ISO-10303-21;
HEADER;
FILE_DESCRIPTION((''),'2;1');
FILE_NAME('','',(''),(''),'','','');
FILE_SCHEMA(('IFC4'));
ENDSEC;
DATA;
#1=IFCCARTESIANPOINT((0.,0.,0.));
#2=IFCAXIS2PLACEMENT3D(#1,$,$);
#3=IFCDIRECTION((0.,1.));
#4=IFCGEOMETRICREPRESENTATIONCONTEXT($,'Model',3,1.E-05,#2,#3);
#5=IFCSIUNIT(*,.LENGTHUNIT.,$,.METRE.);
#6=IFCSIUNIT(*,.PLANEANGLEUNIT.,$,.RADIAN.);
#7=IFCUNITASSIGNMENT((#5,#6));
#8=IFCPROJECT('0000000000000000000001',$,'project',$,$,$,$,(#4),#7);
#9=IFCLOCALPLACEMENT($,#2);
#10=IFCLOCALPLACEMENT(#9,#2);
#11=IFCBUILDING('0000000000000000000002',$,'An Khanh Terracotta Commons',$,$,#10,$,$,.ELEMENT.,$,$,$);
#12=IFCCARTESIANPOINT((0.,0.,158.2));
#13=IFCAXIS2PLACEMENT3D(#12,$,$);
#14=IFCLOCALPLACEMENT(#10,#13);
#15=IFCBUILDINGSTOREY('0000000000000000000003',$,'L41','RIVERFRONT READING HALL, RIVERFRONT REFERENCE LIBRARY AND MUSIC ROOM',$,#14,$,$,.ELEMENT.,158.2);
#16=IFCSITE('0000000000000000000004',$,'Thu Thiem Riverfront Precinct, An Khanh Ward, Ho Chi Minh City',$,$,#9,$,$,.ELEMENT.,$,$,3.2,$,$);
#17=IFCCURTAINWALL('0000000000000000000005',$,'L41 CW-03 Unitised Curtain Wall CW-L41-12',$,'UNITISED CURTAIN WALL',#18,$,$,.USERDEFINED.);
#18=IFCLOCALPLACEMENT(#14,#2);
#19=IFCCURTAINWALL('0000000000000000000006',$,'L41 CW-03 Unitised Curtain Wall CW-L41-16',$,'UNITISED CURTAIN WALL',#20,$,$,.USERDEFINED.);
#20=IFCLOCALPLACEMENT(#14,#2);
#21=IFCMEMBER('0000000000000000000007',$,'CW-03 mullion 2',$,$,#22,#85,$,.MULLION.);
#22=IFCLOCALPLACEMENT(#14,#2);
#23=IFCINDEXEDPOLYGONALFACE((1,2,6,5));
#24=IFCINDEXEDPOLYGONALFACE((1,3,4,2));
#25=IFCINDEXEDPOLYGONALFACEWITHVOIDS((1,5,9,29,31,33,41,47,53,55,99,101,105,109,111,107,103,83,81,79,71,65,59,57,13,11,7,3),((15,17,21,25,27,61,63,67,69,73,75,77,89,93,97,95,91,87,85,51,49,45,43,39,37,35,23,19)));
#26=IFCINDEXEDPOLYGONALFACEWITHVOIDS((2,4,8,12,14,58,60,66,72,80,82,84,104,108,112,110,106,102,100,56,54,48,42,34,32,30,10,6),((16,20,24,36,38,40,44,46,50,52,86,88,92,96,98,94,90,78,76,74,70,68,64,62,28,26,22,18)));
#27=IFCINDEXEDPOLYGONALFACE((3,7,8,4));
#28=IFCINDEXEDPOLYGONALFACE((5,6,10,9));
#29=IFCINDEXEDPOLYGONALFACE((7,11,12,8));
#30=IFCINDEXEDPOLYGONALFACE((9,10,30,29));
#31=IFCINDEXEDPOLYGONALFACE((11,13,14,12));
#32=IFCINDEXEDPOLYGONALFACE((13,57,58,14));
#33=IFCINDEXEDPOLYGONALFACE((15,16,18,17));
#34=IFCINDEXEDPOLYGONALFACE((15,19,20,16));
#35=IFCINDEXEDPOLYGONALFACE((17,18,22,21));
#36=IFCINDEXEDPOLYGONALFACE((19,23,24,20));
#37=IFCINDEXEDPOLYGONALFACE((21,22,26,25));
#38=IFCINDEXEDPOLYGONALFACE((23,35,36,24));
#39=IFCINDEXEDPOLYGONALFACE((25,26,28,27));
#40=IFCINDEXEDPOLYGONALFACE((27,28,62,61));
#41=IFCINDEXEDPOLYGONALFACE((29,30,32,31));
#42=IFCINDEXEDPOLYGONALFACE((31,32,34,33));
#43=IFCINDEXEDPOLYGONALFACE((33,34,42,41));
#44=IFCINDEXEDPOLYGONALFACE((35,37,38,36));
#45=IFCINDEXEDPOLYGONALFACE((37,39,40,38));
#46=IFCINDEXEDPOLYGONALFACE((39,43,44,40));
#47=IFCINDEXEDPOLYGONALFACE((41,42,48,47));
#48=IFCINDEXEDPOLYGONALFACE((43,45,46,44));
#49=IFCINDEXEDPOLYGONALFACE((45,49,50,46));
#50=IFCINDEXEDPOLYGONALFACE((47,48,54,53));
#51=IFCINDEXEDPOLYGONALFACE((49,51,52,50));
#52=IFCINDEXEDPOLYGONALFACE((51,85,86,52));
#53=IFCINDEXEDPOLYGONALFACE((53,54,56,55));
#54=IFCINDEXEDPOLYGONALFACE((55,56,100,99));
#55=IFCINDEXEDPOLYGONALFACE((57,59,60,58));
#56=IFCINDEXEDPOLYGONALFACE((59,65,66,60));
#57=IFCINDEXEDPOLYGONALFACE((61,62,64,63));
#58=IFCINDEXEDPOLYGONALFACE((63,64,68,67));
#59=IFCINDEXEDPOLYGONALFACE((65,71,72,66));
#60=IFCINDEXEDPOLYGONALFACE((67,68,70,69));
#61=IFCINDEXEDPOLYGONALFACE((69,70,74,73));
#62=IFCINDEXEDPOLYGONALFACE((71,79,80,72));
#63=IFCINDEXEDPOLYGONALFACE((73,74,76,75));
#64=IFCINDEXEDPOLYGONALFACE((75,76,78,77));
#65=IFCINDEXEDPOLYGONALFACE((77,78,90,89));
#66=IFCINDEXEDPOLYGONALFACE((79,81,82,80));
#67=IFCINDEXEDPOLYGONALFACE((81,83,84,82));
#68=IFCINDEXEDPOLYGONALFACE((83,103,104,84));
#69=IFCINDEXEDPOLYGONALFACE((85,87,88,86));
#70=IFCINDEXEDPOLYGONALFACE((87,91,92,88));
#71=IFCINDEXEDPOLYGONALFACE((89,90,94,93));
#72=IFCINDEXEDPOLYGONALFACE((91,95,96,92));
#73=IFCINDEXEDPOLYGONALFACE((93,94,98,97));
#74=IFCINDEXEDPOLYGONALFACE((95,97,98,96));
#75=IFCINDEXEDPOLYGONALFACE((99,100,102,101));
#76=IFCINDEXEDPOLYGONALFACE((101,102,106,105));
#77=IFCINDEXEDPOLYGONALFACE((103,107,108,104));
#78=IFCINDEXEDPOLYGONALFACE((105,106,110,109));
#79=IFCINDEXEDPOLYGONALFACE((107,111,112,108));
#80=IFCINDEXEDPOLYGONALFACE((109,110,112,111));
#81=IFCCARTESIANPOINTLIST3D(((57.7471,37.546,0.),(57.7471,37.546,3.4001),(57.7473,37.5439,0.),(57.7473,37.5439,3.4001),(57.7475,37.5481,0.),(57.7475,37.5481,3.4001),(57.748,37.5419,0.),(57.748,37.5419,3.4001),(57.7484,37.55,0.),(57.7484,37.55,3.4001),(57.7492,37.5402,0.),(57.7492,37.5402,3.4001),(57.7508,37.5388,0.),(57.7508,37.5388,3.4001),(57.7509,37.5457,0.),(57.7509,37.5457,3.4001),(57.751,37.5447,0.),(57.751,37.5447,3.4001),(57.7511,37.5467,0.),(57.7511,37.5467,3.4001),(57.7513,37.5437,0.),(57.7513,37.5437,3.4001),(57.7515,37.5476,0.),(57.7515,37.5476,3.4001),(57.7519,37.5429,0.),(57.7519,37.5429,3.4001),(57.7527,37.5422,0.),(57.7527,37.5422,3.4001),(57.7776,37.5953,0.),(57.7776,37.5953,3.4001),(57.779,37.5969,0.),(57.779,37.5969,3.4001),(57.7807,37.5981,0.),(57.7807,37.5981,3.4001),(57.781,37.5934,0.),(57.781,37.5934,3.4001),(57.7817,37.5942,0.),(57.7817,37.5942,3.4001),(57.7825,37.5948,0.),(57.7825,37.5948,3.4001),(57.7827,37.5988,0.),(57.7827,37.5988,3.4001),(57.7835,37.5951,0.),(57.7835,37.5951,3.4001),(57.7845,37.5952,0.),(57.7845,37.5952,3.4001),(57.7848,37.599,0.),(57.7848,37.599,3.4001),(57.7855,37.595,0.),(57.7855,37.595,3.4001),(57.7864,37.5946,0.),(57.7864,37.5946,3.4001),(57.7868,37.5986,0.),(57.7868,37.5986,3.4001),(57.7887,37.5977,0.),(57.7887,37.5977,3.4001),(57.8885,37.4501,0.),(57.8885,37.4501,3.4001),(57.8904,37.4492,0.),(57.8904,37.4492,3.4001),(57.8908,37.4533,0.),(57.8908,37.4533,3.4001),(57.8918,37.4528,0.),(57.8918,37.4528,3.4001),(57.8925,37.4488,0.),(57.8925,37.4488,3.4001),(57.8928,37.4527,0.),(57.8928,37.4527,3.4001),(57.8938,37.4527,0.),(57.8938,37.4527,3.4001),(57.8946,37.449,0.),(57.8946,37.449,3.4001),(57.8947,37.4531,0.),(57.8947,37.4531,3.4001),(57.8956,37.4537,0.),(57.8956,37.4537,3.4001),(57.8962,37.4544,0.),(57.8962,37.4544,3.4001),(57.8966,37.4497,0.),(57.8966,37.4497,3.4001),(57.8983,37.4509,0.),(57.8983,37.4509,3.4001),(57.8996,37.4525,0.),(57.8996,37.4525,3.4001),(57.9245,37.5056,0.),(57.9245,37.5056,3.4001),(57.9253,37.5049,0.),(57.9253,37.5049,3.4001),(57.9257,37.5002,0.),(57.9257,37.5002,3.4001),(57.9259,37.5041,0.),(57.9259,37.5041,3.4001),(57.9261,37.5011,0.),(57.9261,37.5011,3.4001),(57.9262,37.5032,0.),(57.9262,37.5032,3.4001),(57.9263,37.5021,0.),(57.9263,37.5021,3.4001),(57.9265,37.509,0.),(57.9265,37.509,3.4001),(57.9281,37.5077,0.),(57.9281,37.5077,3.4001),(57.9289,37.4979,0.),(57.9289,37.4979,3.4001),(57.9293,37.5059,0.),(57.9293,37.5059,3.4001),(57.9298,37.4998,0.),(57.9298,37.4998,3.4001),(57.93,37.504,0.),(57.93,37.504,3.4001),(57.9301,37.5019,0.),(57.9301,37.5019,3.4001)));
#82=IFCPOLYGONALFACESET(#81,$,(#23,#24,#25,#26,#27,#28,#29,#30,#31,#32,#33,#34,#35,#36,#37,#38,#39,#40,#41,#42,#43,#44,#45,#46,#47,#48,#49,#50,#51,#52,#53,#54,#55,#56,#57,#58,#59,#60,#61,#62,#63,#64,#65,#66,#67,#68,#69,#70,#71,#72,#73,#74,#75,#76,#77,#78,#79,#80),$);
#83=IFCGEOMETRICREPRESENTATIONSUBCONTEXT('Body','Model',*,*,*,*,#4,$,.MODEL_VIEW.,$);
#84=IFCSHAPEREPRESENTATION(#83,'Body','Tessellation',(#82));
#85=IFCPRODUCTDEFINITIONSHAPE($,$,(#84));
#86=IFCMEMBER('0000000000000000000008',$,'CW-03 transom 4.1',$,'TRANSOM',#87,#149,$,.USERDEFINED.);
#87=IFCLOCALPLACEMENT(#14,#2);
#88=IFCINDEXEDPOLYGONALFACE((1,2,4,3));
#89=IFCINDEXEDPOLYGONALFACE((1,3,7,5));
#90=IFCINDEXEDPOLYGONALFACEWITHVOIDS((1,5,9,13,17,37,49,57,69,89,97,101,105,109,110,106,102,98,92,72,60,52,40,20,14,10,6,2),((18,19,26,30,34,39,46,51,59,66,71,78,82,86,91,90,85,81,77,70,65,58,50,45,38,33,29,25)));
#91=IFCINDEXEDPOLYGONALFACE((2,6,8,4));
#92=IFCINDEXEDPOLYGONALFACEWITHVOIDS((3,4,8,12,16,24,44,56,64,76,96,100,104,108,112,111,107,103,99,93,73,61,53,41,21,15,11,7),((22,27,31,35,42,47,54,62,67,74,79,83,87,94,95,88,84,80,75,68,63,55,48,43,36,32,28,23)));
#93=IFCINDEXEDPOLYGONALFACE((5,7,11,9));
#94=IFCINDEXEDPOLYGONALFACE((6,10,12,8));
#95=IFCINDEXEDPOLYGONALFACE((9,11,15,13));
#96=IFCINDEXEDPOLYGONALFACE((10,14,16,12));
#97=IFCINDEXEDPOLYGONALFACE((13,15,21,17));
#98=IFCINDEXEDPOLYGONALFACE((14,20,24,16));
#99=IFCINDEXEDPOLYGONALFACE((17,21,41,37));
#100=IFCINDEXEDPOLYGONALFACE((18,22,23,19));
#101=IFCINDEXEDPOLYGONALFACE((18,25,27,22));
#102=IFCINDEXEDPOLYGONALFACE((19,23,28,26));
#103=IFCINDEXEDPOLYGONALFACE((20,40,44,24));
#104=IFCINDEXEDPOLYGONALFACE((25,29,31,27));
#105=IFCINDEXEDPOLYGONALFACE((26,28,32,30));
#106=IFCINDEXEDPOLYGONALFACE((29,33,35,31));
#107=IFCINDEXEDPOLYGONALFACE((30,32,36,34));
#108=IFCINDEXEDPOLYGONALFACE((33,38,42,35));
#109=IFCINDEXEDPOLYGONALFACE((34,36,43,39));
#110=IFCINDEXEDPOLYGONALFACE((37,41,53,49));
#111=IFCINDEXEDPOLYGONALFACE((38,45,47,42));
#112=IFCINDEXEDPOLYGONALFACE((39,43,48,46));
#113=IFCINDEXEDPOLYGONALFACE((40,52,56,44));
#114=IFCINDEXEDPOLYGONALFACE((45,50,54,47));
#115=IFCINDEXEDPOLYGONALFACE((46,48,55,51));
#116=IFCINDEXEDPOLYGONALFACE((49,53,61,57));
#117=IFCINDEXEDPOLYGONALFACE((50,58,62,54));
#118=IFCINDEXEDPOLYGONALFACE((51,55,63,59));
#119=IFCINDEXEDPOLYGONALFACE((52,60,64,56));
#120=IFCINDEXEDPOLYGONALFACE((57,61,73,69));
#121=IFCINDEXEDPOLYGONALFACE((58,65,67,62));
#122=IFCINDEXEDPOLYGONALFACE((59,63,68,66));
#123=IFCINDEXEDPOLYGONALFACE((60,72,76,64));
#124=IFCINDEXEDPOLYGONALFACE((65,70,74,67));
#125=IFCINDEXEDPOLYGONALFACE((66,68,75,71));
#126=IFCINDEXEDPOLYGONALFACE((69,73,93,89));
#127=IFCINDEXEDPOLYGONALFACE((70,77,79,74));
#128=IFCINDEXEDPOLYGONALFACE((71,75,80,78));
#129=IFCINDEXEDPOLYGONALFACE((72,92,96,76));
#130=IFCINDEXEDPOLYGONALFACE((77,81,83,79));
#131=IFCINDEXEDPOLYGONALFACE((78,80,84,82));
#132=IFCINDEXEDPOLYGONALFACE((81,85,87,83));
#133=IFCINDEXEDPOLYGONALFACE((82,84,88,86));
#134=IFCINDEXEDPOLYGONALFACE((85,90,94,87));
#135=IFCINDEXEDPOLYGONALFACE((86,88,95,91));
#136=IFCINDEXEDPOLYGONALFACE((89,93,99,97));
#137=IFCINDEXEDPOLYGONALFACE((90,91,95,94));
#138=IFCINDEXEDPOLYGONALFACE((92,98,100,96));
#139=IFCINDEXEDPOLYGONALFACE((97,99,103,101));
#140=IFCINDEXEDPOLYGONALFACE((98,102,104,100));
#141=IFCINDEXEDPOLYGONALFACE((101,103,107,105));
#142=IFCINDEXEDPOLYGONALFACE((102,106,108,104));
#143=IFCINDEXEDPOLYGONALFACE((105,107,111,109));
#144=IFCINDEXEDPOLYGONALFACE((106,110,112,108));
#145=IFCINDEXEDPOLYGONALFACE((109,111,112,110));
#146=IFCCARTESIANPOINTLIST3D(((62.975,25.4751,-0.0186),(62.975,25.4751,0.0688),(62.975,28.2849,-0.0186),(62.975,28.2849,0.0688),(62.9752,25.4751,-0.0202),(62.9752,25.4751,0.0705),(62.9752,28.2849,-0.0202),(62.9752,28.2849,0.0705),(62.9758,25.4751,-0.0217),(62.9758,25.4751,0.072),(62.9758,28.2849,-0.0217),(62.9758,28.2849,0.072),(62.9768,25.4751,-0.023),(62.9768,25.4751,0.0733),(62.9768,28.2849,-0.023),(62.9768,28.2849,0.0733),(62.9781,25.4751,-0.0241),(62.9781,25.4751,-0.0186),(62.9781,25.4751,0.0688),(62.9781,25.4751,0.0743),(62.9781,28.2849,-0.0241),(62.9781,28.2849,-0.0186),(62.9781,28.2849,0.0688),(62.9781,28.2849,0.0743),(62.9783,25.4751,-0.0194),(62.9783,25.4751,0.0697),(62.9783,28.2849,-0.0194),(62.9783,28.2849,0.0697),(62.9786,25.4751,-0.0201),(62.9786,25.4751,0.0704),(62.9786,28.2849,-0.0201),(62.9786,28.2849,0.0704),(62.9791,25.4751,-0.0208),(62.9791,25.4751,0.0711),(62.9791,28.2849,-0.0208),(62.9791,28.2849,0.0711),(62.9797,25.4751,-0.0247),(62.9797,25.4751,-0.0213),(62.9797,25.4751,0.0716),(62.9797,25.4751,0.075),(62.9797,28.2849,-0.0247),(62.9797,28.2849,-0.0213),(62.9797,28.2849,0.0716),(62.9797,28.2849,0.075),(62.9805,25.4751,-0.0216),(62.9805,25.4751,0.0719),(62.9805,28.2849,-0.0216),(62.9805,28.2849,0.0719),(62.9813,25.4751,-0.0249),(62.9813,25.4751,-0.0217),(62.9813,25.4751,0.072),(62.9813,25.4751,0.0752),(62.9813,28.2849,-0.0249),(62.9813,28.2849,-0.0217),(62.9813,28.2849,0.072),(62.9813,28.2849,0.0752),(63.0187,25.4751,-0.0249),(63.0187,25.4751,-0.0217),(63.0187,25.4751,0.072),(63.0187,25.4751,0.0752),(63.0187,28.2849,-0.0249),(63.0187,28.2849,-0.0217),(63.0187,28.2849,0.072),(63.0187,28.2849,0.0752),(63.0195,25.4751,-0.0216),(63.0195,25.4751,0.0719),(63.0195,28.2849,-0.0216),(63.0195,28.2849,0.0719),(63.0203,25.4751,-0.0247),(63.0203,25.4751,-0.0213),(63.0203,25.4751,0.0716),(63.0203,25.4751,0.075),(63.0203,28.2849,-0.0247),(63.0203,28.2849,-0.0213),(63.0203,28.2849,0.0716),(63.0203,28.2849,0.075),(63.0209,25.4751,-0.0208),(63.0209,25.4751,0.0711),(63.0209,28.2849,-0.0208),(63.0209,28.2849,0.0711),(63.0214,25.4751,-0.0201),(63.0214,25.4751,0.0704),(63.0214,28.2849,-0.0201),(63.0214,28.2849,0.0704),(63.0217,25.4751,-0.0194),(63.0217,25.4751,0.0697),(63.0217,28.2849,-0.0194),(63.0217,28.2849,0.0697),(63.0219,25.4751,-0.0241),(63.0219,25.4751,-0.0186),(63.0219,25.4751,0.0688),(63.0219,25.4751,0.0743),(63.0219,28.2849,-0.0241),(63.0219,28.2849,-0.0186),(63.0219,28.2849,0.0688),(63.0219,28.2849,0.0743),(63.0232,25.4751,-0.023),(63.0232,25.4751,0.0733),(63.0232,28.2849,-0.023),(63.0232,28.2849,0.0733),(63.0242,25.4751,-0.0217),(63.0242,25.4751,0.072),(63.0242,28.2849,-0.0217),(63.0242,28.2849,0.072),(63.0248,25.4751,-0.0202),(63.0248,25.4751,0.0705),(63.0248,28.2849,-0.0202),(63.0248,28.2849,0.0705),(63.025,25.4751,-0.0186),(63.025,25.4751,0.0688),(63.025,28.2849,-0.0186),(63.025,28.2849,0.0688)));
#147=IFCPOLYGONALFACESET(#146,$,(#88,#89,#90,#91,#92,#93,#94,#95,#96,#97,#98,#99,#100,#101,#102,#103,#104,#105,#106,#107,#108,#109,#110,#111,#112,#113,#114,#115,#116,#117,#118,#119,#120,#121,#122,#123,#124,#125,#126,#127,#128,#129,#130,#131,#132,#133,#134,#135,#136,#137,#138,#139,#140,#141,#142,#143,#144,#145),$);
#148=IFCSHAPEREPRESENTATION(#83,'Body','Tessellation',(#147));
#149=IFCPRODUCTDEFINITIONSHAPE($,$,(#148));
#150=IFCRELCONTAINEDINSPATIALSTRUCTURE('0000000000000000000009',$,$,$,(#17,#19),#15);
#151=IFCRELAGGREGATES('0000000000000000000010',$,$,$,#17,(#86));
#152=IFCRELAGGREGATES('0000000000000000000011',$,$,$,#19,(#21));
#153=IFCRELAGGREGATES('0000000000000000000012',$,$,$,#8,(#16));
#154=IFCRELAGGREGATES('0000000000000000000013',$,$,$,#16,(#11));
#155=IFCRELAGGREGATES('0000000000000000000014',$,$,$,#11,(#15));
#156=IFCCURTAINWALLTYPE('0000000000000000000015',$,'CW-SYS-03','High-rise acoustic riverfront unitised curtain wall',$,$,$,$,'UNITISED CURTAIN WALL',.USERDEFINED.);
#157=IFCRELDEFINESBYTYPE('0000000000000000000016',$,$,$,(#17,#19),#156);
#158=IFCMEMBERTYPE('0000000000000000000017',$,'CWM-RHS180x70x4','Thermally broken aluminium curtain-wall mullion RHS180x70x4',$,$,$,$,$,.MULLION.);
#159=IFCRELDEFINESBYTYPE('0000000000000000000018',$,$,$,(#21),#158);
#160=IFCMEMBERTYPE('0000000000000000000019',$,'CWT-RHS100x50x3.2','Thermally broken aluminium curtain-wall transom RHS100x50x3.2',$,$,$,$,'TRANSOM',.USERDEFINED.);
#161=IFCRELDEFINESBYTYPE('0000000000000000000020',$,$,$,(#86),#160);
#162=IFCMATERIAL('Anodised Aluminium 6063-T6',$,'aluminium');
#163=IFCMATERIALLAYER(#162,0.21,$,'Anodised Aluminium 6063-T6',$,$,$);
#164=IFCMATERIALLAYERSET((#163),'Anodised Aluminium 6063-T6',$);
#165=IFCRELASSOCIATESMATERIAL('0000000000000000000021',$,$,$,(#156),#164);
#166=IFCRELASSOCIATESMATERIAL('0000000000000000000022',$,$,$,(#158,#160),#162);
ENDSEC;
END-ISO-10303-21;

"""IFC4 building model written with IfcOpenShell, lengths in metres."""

from ifc_helpers import new_model, si_unit, direction, frame, origin, origin_2d, place, context, subcontext, project, spatial, hollow_rectangle, extrude, material, layer, layer_set, material_profile, profile_set, type_object, element, aggregate, save


model = new_model("IFC4")

# Units and contexts
model_context = context("Model", 3, precision=1e-05, world=origin(), true_north=direction((0.0, 1.0)))
body_context = subcontext(model_context, "Body", "Model", "MODEL_VIEW")
ifc_project = project(units=[si_unit("LENGTHUNIT", "METRE"), si_unit("PLANEANGLEUNIT", "RADIAN")], contexts=[model_context])

# Site, building, storey
site_placement = place(None, origin())
site = spatial("IfcSite", under=ifc_project, at=site_placement, Name="Thu Thiem Riverfront Precinct, An Khanh Ward, Ho Chi Minh City", CompositionType="ELEMENT", RefElevation=3.2)
building_placement = place(site_placement, origin())
building = spatial("IfcBuilding", under=site, at=building_placement, Name="An Khanh Terracotta Commons", CompositionType="ELEMENT")
storey_placement = place(building_placement, frame((0.0, 0.0, 158.2)))
storey = spatial("IfcBuildingStorey", under=building, at=storey_placement, Name="L41", Description="RIVERFRONT READING HALL, RIVERFRONT REFERENCE LIBRARY AND MUSIC ROOM", CompositionType="ELEMENT", Elevation=158.2)

# Curtain walls, member
ifc_material_1 = material(Name="Anodised Aluminium 6063-T6", Category="aluminium")
ifc_layer_1 = layer(ifc_material_1, 0.21, Name="Anodised Aluminium 6063-T6")
ifc_layer_set_1 = layer_set([ifc_layer_1], Name="Anodised Aluminium 6063-T6")
curtain_wall_type = type_object("IfcCurtainWallType", Name="CW-SYS-03", Description="High-rise acoustic riverfront unitised curtain wall", ElementType="UNITISED CURTAIN WALL", PredefinedType="USERDEFINED", material=ifc_layer_set_1)
curtain_wall_1_placement = place(storey_placement, origin())
curtain_wall_1 = element("IfcCurtainWall", 1, at=curtain_wall_1_placement, inside=storey, type_object=curtain_wall_type, Name="L41 CW-03 Unitised Curtain Wall CW-L41-12", ObjectType="UNITISED CURTAIN WALL", PredefinedType="USERDEFINED")
ifc_material_profile_1 = material_profile(ifc_material_1, hollow_rectangle(XDim=0.0701, YDim=0.1799, WallThickness=0.0039, InnerFilletRadius=0.0039, OuterFilletRadius=0.0081, at=origin_2d()), Name="RHS180x70x4")
ifc_profile_set_1 = profile_set([ifc_material_profile_1], Name="Anodised Aluminium 6063-T6")
member_type_1 = type_object("IfcMemberType", Name="CWM-RHS180x70x4", Description="Thermally broken aluminium curtain-wall mullion RHS180x70x4", PredefinedType="MULLION", material=ifc_profile_set_1)
curtain_wall_2_placement = place(storey_placement, origin())
curtain_wall_2 = element("IfcCurtainWall", 2, at=curtain_wall_2_placement, inside=storey, type_object=curtain_wall_type, Name="L41 CW-03 Unitised Curtain Wall CW-L41-16", ObjectType="UNITISED CURTAIN WALL", PredefinedType="USERDEFINED")
member_1_placement = place(storey_placement, frame((57.8386, 37.5239, 0.0), z_axis=(0.0, 0.0, 1.0), x_axis=(-0.541498, -0.840702, 0.0)))
member_1 = element("IfcMember", 3, at=member_1_placement, type_object=member_type_1, Name="CW-03 mullion 2", PredefinedType="MULLION", context=body_context, shape_type="SweptSolid", body=[
    extrude(hollow_rectangle(XDim=0.0701, YDim=0.1799, WallThickness=0.0039, InnerFilletRadius=0.0039, OuterFilletRadius=0.0081, at=origin_2d()), origin(), (0.0, 0.0, 1.0), 3.4001),
])

# Member
ifc_material_profile_2 = material_profile(ifc_material_1, hollow_rectangle(XDim=0.05, YDim=0.1001, WallThickness=0.0032, InnerFilletRadius=0.0032, OuterFilletRadius=0.0063, at=origin_2d()), Name="RHS100x50x3.2")
ifc_profile_set_2 = profile_set([ifc_material_profile_2], Name="Anodised Aluminium 6063-T6")
member_type_2 = type_object("IfcMemberType", Name="CWT-RHS100x50x3.2", Description="Thermally broken aluminium curtain-wall transom RHS100x50x3.2", ElementType="TRANSOM", PredefinedType="USERDEFINED", material=ifc_profile_set_2)
member_2_placement = place(storey_placement, frame((63.0, 25.4751, 0.0251), z_axis=(0.0, 1.0, 0.0), x_axis=(-1.0, 0.0, 0.0)))
member_2 = element("IfcMember", 4, at=member_2_placement, type_object=member_type_2, Name="CW-03 transom 4.1", ObjectType="TRANSOM", PredefinedType="USERDEFINED", context=body_context, shape_type="SweptSolid", body=[
    extrude(hollow_rectangle(XDim=0.05, YDim=0.1001, WallThickness=0.0032, InnerFilletRadius=0.0032, OuterFilletRadius=0.0063, at=origin_2d()), origin(), (0.0, 0.0, 1.0), 2.8098),
])

aggregate(curtain_wall_1, [member_2])
aggregate(curtain_wall_2, [member_1])

save(model, "model.ifc")
